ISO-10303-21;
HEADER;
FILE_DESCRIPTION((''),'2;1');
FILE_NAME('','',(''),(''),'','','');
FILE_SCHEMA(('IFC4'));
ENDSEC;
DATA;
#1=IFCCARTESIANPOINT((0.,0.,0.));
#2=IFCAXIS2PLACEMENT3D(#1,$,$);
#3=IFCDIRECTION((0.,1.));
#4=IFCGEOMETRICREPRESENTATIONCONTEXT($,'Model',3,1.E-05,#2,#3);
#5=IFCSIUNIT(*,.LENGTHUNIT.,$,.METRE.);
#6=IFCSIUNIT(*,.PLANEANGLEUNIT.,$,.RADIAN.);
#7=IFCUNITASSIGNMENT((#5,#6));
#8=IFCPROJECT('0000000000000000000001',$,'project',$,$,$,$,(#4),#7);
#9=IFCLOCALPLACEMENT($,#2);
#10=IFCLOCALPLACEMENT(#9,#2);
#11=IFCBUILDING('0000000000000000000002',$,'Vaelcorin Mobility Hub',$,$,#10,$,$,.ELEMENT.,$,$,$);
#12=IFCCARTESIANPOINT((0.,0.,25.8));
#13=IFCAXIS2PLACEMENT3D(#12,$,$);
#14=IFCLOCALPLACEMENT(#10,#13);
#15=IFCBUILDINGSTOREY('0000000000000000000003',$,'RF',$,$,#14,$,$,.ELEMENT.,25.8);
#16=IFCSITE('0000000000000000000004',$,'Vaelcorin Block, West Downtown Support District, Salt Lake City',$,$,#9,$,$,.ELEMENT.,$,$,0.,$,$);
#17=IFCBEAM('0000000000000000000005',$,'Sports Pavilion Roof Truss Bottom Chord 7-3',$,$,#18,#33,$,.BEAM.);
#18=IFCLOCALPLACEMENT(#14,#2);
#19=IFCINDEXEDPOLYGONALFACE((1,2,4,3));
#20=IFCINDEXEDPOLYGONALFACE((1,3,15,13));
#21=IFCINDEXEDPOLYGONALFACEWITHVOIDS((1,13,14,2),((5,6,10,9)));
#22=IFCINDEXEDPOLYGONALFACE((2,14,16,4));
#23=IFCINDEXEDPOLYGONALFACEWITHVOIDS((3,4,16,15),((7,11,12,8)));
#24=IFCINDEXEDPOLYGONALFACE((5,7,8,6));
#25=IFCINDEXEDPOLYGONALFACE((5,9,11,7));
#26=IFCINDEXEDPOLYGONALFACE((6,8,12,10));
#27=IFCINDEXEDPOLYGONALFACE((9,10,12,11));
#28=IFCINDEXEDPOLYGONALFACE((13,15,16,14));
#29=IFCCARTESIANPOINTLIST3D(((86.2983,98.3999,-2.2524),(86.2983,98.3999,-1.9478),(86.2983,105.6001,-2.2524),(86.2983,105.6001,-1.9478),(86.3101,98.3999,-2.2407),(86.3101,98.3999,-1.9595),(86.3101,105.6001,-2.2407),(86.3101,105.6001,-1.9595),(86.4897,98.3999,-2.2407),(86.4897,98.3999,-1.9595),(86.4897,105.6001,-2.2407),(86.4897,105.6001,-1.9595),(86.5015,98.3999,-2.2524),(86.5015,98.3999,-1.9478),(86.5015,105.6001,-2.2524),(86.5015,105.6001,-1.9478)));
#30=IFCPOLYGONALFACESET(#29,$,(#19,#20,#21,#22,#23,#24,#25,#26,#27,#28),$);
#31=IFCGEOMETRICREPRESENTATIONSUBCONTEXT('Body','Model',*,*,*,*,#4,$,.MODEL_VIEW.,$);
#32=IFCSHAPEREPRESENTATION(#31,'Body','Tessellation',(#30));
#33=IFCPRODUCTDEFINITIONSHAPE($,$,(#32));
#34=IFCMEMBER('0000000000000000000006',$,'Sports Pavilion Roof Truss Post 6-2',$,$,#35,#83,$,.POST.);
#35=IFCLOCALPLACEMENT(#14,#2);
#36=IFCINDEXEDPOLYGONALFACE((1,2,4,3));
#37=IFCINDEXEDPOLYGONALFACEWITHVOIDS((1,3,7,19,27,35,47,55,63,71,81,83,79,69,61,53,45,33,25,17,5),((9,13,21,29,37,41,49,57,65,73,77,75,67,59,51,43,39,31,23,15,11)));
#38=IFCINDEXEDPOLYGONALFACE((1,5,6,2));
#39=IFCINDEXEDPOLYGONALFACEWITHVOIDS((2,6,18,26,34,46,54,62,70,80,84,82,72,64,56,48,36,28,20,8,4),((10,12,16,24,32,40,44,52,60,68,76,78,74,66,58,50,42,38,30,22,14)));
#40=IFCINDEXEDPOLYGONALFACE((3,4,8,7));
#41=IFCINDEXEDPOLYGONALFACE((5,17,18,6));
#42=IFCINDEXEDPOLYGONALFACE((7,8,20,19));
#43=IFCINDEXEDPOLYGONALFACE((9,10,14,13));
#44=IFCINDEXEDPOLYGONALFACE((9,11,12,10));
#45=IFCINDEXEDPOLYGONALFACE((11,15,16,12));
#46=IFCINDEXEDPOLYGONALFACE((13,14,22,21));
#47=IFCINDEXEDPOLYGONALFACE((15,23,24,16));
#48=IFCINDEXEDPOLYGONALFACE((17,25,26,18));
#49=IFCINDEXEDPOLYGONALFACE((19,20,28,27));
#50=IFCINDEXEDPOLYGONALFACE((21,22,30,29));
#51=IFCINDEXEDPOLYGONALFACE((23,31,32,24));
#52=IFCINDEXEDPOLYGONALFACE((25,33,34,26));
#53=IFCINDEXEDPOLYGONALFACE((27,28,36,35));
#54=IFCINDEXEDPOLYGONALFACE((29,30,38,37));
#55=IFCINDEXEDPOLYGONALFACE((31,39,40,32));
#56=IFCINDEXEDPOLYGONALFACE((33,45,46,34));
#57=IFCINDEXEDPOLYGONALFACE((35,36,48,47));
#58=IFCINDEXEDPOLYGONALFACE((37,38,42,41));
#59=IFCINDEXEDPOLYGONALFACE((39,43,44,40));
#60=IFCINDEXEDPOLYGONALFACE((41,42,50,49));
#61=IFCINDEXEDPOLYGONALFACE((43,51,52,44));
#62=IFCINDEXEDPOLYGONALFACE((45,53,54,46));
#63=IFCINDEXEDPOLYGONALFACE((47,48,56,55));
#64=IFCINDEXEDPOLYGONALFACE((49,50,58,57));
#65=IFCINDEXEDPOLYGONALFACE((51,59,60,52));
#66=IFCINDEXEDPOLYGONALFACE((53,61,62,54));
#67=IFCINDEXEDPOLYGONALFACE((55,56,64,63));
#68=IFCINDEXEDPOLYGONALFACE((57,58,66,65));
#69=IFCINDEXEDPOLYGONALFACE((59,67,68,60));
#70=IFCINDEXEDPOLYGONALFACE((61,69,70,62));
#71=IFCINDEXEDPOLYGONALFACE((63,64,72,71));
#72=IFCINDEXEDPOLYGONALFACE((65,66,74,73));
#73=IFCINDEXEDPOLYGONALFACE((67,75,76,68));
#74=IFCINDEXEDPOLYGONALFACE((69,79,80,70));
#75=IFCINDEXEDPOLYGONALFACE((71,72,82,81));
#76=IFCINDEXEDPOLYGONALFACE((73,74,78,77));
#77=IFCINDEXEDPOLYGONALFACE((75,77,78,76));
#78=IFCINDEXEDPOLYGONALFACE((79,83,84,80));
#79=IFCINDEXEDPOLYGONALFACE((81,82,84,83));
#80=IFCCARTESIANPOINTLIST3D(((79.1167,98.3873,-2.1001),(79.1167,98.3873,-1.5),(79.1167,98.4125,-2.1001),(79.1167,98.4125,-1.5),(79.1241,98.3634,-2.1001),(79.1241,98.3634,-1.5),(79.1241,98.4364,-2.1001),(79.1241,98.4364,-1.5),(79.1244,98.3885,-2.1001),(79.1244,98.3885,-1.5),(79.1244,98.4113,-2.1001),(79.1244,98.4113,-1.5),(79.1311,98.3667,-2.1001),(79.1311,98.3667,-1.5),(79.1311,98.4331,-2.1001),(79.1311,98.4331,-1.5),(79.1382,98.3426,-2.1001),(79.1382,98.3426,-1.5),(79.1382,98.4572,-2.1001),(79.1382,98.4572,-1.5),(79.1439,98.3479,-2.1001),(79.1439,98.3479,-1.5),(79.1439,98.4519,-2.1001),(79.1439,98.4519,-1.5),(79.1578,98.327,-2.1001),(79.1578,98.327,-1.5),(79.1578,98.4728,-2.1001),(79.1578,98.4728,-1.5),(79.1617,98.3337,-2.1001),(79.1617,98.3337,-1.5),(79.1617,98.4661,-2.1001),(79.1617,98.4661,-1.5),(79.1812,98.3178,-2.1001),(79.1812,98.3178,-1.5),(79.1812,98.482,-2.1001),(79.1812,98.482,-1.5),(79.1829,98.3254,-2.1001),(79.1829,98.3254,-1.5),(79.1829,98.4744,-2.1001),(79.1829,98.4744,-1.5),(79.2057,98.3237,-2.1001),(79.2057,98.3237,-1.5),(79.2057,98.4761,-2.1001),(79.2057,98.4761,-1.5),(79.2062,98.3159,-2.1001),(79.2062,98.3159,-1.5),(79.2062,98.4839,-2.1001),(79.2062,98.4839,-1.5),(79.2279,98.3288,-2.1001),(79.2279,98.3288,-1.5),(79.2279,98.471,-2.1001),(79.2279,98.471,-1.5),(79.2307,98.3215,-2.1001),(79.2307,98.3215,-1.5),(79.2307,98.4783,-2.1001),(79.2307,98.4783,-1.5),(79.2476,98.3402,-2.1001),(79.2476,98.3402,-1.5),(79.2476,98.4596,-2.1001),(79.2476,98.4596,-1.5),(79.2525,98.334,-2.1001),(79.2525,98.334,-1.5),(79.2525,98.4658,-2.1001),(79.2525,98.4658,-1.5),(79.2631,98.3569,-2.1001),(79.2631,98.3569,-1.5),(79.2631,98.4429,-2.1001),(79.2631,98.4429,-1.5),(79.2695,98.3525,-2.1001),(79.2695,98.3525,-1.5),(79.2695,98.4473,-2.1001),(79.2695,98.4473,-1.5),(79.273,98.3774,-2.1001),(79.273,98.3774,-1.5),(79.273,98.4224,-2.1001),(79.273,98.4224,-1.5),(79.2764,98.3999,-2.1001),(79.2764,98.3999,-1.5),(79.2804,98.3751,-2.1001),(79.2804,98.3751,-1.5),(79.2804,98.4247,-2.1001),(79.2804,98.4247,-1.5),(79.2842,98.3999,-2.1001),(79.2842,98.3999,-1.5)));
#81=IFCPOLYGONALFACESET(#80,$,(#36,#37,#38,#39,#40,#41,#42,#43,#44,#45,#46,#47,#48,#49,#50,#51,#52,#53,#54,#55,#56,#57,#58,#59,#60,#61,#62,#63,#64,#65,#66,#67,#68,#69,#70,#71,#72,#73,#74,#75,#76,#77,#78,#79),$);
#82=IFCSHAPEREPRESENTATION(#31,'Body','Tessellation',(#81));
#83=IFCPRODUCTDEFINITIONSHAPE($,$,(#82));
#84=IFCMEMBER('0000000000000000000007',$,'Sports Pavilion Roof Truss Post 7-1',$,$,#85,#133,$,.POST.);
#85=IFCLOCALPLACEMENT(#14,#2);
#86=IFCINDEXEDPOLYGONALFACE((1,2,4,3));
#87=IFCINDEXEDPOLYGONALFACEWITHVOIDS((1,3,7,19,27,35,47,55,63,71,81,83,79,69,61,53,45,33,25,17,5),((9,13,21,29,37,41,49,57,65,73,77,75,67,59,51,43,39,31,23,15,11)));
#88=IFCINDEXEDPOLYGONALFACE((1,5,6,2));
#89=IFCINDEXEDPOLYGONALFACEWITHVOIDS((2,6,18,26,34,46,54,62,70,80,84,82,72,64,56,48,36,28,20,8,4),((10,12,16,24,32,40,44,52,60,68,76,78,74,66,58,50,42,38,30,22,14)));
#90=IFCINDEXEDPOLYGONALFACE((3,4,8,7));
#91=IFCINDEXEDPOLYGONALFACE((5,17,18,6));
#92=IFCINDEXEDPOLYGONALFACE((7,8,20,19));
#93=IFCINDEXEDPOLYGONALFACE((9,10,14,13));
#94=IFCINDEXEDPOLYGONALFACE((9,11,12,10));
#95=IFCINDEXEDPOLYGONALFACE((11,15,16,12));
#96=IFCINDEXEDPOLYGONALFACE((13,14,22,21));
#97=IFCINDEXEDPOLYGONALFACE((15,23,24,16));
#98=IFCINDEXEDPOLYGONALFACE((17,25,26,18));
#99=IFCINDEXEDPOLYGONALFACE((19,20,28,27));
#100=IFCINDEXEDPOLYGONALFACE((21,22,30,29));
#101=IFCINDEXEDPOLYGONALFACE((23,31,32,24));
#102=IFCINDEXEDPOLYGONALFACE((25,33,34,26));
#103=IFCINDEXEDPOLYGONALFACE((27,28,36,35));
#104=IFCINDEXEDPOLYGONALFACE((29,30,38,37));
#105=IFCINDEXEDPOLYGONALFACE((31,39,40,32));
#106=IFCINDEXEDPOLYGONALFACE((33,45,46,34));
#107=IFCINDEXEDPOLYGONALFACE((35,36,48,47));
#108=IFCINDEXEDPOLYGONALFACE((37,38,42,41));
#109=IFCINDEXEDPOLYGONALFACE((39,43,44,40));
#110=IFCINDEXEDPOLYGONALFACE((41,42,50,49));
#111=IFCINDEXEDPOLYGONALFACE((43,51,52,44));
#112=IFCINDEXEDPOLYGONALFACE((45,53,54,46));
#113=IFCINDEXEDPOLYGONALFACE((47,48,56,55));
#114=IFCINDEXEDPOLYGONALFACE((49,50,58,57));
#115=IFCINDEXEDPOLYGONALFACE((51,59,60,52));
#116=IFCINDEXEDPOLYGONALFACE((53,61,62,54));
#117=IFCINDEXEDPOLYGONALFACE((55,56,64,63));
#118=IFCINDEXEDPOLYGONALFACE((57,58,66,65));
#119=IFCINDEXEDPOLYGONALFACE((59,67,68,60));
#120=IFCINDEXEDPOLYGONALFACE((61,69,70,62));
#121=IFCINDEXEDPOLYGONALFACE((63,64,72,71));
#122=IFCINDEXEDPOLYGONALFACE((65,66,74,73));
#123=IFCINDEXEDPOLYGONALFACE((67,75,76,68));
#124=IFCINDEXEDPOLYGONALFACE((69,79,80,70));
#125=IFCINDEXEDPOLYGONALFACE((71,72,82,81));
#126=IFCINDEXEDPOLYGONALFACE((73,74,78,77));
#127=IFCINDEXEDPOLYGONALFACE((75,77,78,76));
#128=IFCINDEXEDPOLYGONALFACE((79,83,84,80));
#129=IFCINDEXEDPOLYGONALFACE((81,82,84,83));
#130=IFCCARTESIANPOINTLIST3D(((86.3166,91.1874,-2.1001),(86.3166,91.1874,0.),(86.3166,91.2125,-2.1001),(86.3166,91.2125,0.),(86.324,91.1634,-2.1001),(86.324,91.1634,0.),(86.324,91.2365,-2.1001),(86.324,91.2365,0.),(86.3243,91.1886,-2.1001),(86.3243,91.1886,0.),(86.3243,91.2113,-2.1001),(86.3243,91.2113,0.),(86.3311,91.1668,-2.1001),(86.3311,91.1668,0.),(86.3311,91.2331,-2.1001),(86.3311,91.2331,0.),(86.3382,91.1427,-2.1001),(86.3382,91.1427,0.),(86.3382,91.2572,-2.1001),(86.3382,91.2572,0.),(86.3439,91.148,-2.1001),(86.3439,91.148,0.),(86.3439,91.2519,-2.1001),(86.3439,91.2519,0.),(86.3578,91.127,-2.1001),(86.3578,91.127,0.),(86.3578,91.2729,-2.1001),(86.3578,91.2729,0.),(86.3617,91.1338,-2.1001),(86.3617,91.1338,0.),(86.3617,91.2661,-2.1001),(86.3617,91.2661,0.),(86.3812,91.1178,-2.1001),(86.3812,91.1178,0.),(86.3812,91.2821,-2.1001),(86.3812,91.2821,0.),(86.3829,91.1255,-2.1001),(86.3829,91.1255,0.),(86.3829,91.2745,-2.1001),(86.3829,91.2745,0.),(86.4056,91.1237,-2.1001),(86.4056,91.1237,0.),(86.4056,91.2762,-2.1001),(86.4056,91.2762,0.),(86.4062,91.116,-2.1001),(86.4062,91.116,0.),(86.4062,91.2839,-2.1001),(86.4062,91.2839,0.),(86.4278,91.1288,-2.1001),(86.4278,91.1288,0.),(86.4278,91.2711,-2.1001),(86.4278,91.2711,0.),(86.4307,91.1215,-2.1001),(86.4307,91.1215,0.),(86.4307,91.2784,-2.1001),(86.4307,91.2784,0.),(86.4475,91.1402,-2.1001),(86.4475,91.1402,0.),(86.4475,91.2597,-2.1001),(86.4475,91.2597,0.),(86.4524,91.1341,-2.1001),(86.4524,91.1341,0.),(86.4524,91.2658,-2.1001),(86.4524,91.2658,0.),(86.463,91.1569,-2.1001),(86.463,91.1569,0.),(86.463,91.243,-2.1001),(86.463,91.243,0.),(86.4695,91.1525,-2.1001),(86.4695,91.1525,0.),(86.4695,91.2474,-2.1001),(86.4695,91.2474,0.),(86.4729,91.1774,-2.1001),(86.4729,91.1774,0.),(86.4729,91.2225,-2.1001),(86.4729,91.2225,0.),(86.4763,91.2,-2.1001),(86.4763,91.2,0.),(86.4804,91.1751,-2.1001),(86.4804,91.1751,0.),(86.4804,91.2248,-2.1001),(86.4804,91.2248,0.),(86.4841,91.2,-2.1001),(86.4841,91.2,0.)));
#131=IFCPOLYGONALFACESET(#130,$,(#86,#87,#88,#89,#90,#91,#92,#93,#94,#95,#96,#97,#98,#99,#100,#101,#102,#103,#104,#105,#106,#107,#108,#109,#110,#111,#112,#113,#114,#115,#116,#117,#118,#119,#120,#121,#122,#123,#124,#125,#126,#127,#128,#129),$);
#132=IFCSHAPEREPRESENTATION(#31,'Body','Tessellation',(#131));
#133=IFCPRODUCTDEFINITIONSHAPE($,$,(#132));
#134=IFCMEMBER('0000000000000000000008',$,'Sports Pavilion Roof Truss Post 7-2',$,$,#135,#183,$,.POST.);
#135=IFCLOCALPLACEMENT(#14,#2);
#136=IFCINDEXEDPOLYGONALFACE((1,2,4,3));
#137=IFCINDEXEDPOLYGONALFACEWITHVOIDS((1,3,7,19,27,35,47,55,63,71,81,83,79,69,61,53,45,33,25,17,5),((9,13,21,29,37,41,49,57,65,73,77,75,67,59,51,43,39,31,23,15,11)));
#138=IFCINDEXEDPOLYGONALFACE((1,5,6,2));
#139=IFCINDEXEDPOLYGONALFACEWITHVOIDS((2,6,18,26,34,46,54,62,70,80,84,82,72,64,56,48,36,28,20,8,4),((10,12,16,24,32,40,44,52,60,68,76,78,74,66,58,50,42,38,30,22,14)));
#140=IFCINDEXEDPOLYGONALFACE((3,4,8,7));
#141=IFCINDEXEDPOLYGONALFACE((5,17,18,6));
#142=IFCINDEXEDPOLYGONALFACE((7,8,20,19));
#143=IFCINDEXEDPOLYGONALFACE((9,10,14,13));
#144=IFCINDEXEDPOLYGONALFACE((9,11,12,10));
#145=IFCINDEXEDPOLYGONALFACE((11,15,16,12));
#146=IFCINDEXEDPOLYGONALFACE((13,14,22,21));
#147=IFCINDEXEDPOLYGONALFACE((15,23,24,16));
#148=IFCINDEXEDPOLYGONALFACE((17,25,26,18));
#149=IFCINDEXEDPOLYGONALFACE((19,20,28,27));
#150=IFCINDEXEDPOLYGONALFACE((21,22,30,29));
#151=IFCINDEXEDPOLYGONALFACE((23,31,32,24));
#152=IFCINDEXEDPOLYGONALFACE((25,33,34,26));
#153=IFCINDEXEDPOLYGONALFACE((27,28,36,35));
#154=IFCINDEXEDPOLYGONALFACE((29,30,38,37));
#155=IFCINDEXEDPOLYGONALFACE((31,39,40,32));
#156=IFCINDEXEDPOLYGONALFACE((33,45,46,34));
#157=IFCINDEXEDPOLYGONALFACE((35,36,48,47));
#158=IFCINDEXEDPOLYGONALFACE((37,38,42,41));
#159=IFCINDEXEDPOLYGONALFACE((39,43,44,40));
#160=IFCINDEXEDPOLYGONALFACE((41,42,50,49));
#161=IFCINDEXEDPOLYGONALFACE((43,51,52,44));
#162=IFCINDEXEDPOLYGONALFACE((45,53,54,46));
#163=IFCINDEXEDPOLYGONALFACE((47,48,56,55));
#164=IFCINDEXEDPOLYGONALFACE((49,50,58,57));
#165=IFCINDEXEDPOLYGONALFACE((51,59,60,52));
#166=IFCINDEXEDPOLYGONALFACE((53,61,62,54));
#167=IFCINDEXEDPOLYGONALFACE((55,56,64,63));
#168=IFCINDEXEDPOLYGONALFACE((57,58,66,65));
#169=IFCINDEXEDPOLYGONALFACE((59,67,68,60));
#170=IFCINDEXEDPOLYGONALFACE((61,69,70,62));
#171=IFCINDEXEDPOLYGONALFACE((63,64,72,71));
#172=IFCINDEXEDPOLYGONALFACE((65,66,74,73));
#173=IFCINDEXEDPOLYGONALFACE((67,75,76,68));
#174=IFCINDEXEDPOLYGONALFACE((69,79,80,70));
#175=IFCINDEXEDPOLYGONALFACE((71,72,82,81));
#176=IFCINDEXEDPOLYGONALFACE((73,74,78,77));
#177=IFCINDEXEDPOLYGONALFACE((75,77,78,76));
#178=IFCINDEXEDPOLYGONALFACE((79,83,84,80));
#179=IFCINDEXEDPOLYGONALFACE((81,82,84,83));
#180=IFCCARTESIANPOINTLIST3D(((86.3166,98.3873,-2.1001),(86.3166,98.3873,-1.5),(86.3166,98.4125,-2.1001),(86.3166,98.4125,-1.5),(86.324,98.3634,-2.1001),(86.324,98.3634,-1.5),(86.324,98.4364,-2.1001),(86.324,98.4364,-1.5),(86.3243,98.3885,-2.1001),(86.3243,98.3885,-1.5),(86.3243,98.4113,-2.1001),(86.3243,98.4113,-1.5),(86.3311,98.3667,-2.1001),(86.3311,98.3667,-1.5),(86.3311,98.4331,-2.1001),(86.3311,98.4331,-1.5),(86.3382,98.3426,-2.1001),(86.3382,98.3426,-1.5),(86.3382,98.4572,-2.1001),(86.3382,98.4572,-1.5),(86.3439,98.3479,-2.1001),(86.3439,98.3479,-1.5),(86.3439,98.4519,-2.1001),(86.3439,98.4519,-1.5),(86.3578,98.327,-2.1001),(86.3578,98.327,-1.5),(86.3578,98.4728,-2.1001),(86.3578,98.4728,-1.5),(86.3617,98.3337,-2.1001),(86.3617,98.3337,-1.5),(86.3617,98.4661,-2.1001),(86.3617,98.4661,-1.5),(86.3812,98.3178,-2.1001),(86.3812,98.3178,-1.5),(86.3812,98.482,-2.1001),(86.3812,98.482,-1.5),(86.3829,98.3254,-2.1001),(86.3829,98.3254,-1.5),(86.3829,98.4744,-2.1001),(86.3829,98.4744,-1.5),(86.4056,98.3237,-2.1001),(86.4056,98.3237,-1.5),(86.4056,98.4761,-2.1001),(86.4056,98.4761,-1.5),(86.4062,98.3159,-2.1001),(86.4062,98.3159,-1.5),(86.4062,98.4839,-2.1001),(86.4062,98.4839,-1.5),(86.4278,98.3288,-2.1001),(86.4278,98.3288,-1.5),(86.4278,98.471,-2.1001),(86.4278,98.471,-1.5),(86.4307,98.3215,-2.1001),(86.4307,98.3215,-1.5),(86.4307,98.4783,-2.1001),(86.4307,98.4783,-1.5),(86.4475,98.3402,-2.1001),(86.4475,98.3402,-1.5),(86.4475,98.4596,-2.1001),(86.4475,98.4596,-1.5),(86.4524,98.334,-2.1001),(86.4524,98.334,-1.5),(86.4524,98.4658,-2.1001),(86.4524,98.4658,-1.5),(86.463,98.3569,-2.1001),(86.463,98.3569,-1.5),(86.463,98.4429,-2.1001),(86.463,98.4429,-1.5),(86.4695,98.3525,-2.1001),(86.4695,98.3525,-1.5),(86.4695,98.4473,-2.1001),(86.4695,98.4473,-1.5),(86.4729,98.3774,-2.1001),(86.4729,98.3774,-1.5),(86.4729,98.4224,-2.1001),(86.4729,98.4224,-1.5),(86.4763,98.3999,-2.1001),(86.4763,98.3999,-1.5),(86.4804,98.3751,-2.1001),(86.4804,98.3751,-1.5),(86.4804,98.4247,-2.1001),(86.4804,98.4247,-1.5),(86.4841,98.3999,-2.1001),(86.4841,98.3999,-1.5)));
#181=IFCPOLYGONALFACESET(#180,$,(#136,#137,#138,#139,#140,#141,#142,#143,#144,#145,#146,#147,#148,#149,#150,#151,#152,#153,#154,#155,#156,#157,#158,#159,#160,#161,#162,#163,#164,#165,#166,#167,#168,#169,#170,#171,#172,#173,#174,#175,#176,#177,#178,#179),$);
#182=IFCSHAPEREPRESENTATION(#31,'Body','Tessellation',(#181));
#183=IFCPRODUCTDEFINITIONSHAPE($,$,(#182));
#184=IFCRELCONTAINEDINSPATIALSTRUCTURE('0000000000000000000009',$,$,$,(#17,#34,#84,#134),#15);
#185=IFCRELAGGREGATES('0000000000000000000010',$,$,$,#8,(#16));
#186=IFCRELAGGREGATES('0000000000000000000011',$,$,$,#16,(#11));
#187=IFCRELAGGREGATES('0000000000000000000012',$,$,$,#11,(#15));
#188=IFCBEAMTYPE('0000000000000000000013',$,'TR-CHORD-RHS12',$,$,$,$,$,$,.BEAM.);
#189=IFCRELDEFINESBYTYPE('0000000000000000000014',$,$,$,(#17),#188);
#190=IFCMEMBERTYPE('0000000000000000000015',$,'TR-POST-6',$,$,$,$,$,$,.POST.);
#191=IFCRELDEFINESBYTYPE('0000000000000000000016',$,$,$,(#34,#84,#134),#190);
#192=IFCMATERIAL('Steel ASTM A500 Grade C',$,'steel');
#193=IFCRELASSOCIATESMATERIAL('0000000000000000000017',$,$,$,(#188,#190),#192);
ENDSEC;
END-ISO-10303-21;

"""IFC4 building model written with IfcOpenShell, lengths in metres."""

from ifc_helpers import new_model, si_unit, direction, frame, origin, origin_2d, place, context, subcontext, project, spatial, hollow_rectangle, hollow_circle, extrude, material, material_profile, profile_set, type_object, element, save


model = new_model("IFC4")

# Units and contexts
model_context = context("Model", 3, precision=1e-05, world=origin(), true_north=direction((0.0, 1.0)))
body_context = subcontext(model_context, "Body", "Model", "MODEL_VIEW")
ifc_project = project(units=[si_unit("LENGTHUNIT", "METRE"), si_unit("PLANEANGLEUNIT", "RADIAN")], contexts=[model_context])

# Site, building, storey
site_placement = place(None, origin())
site = spatial("IfcSite", under=ifc_project, at=site_placement, Name="Vaelcorin Block, West Downtown Support District, Salt Lake City", CompositionType="ELEMENT", RefElevation=0.0)
building_placement = place(site_placement, origin())
building = spatial("IfcBuilding", under=site, at=building_placement, Name="Vaelcorin Mobility Hub", CompositionType="ELEMENT")
storey_placement = place(building_placement, frame((0.0, 0.0, 25.8)))
storey = spatial("IfcBuildingStorey", under=building, at=storey_placement, Name="RF", CompositionType="ELEMENT", Elevation=25.8)

# Shared definitions
ifc_material_1 = material(Name="Steel ASTM A500 Grade C", Category="steel")

# Beam
ifc_material_profile_1 = material_profile(ifc_material_1, hollow_rectangle(XDim=0.2031, YDim=0.3047, WallThickness=0.0117, at=origin_2d()), Name="HSS12X8X0.500")
ifc_profile_set_1 = profile_set([ifc_material_profile_1], Name="Steel ASTM A500 Grade C")
beam_type_1 = type_object("IfcBeamType", Name="TR-CHORD-RHS12", PredefinedType="BEAM", material=ifc_profile_set_1)
beam_1_placement = place(storey_placement, frame((86.3999, 98.3999, -2.1001), z_axis=(0.0, 1.0, 0.0), x_axis=(-1.0, 0.0, 0.0)))
element("IfcBeam", 1, at=beam_1_placement, inside=storey, type_object=beam_type_1, Name="Sports Pavilion Roof Truss Bottom Chord 7-3", PredefinedType="BEAM", context=body_context, shape_type="SweptSolid", body=[
    extrude(hollow_rectangle(XDim=0.2031, YDim=0.3047, WallThickness=0.0117, at=origin_2d()), origin(), (0.0, 0.0, 1.0), 7.2002),
])

# Members
ifc_material_profile_2 = material_profile(ifc_material_1, hollow_circle(Radius=0.0842, WallThickness=0.0078, at=origin_2d()), Name="HSS6.625X0.312")
ifc_profile_set_2 = profile_set([ifc_material_profile_2], Name="Steel ASTM A500 Grade C")
member_type_1 = type_object("IfcMemberType", Name="TR-POST-6", PredefinedType="POST", material=ifc_profile_set_2)
member_1_placement = place(storey_placement, frame((79.2, 98.3999, -2.1001), z_axis=(0.0, 0.0, 1.0), x_axis=(1.0, 0.0, 0.0)))
element("IfcMember", 2, at=member_1_placement, inside=storey, type_object=member_type_1, Name="Sports Pavilion Roof Truss Post 6-2", PredefinedType="POST", context=body_context, shape_type="SweptSolid", body=[
    extrude(hollow_circle(Radius=0.0842, WallThickness=0.0078, at=origin_2d()), origin(), (0.0, 0.0, 1.0), 0.6001),
])
member_2_placement = place(storey_placement, frame((86.3999, 91.2, -2.1001), z_axis=(0.0, 0.0, 1.0), x_axis=(1.0, 0.0, 0.0)))
element("IfcMember", 3, at=member_2_placement, inside=storey, type_object=member_type_1, Name="Sports Pavilion Roof Truss Post 7-1", PredefinedType="POST", context=body_context, shape_type="SweptSolid", body=[
    extrude(hollow_circle(Radius=0.0842, WallThickness=0.0078, at=origin_2d()), origin(), (0.0, 0.0, 1.0), 2.1001),
])
member_3_placement = place(storey_placement, frame((86.3999, 98.3999, -2.1001), z_axis=(0.0, 0.0, 1.0), x_axis=(1.0, 0.0, 0.0)))
element("IfcMember", 4, at=member_3_placement, inside=storey, type_object=member_type_1, Name="Sports Pavilion Roof Truss Post 7-2", PredefinedType="POST", context=body_context, shape_type="SweptSolid", body=[
    extrude(hollow_circle(Radius=0.0842, WallThickness=0.0078, at=origin_2d()), origin(), (0.0, 0.0, 1.0), 0.6001),
])

save(model, "model.ifc")
